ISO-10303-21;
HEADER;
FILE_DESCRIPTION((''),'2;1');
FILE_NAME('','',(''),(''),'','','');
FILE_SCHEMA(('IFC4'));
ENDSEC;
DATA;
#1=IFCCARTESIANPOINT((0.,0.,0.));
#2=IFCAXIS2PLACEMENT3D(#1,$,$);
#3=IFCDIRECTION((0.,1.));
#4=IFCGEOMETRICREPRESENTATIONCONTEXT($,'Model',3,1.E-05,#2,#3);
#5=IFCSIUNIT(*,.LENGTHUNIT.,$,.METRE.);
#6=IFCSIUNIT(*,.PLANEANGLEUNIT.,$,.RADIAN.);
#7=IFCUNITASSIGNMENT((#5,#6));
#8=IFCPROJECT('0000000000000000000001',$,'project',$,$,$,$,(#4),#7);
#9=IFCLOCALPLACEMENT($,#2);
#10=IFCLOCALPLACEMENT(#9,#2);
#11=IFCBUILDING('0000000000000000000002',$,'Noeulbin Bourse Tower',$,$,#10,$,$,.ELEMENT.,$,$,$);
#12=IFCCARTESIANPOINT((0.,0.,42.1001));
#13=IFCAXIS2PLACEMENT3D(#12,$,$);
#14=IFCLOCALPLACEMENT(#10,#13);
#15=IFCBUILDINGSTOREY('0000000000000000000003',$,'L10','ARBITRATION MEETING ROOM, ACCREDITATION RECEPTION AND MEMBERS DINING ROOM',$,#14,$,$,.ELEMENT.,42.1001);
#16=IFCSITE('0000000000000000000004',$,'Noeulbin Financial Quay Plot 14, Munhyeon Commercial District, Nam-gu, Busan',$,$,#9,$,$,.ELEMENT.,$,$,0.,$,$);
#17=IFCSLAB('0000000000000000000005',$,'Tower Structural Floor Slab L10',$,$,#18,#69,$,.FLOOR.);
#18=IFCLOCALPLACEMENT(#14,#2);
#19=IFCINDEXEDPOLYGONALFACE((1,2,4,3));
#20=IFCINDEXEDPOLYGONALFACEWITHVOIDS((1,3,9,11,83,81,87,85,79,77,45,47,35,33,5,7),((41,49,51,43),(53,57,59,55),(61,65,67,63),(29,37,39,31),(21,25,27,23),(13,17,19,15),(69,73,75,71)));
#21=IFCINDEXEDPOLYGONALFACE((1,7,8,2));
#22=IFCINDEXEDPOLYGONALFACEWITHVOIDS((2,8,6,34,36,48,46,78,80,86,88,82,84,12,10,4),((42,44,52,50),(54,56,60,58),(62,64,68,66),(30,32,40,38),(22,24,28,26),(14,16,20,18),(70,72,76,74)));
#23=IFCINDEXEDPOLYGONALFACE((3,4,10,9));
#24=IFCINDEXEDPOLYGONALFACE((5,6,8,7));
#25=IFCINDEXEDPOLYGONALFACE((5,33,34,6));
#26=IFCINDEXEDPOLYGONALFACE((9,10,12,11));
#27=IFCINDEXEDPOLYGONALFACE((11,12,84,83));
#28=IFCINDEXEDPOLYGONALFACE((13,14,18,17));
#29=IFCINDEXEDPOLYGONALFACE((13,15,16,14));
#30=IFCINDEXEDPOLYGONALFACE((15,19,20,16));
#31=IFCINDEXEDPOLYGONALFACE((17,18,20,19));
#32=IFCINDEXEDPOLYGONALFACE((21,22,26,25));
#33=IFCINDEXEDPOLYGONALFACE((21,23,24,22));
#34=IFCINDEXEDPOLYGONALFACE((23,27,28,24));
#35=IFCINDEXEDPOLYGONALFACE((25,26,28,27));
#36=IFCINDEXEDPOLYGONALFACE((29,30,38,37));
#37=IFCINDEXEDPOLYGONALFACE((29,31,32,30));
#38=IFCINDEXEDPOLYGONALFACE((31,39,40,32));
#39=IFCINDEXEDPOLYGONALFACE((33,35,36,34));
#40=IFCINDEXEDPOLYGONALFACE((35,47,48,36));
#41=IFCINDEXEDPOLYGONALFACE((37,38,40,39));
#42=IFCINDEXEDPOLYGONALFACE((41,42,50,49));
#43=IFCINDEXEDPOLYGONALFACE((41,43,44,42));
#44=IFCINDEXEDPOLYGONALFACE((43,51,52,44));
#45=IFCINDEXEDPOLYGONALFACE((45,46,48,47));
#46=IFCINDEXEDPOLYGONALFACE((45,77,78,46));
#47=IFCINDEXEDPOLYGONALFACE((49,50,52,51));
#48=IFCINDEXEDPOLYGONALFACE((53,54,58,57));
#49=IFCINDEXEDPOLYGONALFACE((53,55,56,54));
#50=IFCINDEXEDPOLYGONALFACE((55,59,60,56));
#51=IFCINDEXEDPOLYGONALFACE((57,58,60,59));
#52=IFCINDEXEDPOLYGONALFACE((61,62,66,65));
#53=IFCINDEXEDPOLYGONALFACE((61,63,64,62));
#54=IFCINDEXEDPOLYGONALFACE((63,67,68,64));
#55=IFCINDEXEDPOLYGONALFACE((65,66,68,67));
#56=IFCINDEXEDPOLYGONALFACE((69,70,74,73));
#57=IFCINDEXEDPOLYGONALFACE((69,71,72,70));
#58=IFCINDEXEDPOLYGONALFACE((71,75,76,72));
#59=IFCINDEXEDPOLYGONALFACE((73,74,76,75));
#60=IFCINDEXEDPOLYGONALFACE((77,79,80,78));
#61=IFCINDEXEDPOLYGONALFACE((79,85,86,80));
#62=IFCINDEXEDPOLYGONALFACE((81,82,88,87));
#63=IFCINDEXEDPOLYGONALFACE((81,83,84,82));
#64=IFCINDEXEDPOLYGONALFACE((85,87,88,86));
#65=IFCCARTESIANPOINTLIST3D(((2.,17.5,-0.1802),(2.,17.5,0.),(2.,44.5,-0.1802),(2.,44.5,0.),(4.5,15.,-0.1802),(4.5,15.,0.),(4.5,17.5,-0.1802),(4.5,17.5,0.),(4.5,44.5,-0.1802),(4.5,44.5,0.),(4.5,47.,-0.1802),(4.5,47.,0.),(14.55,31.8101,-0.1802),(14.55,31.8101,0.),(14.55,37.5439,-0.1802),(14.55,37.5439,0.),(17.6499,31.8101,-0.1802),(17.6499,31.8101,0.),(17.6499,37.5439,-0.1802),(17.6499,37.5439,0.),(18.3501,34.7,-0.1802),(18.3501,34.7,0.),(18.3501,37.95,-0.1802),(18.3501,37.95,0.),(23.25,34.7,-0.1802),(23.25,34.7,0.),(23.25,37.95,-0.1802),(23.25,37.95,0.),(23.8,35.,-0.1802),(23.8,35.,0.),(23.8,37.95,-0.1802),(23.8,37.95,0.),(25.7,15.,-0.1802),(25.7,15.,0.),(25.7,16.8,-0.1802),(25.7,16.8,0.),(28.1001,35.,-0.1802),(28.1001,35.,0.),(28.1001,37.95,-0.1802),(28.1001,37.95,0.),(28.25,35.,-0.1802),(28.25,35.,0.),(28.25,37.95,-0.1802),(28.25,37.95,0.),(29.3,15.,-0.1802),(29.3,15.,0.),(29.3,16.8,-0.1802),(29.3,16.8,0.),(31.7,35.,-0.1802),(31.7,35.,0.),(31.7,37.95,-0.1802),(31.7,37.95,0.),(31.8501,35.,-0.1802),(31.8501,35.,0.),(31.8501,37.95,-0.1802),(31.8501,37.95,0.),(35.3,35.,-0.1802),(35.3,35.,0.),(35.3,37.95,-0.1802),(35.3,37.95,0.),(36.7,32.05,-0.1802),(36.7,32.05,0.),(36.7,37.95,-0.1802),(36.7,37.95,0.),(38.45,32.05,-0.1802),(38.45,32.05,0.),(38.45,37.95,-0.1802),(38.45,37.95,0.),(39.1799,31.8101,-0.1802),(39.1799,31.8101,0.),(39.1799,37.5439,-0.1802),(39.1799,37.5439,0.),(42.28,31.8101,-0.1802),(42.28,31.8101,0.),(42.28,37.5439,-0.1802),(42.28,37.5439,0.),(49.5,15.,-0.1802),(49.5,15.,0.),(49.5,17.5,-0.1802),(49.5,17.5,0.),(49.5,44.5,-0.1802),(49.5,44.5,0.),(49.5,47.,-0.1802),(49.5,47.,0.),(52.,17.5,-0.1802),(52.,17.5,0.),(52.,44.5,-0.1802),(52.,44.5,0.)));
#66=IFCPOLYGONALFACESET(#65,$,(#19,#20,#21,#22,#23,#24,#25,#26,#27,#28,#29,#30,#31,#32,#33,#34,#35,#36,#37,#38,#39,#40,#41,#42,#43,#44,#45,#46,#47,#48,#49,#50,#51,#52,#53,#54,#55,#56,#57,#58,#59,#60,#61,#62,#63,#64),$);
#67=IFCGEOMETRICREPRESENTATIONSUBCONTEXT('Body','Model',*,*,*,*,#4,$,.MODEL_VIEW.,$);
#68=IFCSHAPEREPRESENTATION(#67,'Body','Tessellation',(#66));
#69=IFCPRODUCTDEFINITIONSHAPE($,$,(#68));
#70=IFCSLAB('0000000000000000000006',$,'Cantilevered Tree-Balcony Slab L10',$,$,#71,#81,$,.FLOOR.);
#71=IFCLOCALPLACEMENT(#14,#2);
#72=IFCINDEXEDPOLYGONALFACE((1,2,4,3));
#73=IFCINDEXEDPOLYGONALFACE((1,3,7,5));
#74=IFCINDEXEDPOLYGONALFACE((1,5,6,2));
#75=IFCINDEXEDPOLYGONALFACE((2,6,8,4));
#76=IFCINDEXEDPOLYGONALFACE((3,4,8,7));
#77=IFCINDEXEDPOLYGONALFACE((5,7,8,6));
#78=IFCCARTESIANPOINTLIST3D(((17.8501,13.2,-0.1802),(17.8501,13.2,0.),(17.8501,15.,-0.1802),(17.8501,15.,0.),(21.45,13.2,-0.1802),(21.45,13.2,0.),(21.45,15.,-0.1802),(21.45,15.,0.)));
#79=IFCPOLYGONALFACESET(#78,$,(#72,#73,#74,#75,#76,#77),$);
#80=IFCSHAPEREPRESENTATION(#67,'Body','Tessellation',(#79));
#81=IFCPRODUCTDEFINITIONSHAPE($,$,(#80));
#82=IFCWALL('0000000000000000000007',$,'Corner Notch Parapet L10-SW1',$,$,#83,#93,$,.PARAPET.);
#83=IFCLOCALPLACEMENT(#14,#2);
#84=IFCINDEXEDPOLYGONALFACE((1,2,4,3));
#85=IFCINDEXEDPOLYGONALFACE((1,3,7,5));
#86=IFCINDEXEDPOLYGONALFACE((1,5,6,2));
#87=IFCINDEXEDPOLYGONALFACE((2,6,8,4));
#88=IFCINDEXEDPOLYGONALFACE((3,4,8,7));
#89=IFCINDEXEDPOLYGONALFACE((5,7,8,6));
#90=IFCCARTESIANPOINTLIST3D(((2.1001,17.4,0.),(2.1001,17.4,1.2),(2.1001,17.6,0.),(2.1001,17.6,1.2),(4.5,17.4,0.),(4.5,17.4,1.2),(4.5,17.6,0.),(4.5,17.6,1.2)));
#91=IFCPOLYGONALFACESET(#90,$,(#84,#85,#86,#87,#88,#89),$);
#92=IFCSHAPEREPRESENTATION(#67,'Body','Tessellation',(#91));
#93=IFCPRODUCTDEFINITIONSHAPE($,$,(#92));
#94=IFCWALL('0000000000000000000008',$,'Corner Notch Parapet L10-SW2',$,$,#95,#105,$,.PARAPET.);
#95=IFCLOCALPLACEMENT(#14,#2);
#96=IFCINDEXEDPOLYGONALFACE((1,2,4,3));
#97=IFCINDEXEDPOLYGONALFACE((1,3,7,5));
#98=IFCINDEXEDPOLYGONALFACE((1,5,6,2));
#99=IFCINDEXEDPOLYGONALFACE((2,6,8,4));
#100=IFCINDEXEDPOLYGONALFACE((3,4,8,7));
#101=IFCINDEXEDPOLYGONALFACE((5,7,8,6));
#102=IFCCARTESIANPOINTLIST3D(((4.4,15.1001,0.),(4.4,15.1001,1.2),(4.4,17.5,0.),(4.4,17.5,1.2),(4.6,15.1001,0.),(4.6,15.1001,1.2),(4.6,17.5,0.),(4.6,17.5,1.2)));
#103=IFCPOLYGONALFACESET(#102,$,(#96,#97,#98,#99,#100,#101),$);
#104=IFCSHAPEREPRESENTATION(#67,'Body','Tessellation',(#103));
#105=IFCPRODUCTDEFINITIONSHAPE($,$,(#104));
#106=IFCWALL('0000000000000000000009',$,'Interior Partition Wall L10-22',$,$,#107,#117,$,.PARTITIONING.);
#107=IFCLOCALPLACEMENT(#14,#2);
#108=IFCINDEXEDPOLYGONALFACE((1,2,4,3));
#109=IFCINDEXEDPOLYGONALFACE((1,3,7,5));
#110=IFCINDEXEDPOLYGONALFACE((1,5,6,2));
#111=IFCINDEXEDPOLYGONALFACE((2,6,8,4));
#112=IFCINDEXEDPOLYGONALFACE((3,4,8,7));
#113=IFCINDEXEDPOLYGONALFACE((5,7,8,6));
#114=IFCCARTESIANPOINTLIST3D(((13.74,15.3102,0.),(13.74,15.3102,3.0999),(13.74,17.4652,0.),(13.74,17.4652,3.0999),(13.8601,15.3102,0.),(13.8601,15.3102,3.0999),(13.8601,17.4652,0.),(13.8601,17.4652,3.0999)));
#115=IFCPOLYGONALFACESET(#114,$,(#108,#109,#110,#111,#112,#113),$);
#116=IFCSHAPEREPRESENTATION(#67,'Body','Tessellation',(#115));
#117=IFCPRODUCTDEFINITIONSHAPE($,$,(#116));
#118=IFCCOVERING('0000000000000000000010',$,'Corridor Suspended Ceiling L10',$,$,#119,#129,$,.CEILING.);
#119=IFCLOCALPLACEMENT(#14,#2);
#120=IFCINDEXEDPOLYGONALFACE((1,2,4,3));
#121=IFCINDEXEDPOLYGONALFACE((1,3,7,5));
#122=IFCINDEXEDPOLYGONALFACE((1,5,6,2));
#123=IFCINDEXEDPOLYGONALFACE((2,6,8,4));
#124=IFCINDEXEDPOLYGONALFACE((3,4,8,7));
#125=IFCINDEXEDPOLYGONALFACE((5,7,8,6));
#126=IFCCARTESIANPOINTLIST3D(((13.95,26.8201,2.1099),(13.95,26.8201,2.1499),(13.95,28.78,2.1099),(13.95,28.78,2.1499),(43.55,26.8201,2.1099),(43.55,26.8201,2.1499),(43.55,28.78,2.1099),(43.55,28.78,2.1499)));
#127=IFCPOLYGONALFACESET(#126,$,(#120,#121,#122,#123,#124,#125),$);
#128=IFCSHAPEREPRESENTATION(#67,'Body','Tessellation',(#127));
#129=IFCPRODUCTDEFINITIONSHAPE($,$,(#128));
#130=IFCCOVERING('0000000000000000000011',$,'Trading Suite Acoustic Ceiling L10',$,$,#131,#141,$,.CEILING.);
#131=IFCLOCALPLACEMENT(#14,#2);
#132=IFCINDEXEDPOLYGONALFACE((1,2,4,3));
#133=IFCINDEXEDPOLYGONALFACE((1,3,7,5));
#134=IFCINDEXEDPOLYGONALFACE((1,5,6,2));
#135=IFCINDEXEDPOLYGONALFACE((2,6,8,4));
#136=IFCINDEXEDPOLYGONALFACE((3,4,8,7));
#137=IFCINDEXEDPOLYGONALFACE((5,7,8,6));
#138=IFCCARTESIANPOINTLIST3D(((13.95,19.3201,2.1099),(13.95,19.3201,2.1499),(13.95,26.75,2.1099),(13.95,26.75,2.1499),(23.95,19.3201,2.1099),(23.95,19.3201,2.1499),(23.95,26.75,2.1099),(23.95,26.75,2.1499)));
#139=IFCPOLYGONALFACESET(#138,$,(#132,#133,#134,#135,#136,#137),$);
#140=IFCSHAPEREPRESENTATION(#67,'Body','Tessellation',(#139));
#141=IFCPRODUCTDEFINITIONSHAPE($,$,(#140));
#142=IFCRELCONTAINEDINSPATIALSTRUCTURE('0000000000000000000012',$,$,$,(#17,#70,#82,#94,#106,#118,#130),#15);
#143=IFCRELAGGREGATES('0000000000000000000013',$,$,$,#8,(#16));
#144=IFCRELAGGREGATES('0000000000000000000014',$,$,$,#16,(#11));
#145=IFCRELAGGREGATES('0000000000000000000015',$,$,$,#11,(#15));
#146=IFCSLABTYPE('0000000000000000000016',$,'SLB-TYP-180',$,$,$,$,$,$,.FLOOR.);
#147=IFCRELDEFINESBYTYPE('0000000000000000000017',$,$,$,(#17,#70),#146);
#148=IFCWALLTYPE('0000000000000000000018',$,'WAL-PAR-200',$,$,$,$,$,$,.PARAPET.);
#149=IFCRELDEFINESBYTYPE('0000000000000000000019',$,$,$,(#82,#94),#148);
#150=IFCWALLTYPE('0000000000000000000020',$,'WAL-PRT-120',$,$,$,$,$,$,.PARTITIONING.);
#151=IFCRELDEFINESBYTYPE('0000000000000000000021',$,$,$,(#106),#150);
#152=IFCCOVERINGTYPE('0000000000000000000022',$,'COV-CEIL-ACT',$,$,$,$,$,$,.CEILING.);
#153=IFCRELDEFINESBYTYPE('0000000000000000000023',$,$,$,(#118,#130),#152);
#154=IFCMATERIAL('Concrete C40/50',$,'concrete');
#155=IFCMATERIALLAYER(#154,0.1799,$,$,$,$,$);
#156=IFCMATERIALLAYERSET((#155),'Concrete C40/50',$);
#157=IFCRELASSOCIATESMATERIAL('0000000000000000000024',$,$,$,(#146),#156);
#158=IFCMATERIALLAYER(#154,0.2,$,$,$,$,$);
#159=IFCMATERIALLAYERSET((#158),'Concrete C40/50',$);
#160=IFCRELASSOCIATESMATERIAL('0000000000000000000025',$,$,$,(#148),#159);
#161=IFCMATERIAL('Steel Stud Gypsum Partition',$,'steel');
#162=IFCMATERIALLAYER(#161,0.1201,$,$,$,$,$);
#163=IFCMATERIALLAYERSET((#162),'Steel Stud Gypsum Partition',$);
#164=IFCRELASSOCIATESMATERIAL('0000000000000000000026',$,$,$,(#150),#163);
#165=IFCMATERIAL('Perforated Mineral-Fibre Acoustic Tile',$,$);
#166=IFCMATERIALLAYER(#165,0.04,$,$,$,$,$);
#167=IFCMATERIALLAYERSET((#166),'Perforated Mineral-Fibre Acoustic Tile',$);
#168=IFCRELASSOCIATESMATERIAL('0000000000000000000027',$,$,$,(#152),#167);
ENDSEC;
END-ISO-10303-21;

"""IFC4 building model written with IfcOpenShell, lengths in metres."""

from ifc_helpers import new_model, si_unit, direction, frame, frame_2d, origin, place, context, subcontext, project, spatial, polyline, rectangle, outline, extrude, material, layer, layer_set, type_object, element, save


model = new_model("IFC4")

# Units and contexts
model_context = context("Model", 3, precision=1e-05, world=origin(), true_north=direction((0.0, 1.0)))
body_context = subcontext(model_context, "Body", "Model", "MODEL_VIEW")
ifc_project = project(units=[si_unit("LENGTHUNIT", "METRE"), si_unit("PLANEANGLEUNIT", "RADIAN")], contexts=[model_context])

# Site, building, storey
site_placement = place(None, origin())
site = spatial("IfcSite", under=ifc_project, at=site_placement, Name="Noeulbin Financial Quay Plot 14, Munhyeon Commercial District, Nam-gu, Busan", CompositionType="ELEMENT", RefElevation=0.0)
building_placement = place(site_placement, origin())
building = spatial("IfcBuilding", under=site, at=building_placement, Name="Noeulbin Bourse Tower", CompositionType="ELEMENT")
storey_placement = place(building_placement, frame((0.0, 0.0, 42.1001)))
storey = spatial("IfcBuildingStorey", under=building, at=storey_placement, Name="L10", Description="ARBITRATION MEETING ROOM, ACCREDITATION RECEPTION AND MEMBERS DINING ROOM", CompositionType="ELEMENT", Elevation=42.1001)

# Shared definitions
ifc_material_1 = material(Name="Concrete C40/50", Category="concrete")

# Slab, openings
ifc_layer_1 = layer(ifc_material_1, 0.1799)
ifc_layer_set_1 = layer_set([ifc_layer_1], Name="Concrete C40/50")
slab_type_1 = type_object("IfcSlabType", Name="SLB-TYP-180", PredefinedType="FLOOR", material=ifc_layer_set_1)
slab_1_placement = place(storey_placement, frame((0.0, 0.0, -0.1802)))
slab_1 = element("IfcSlab", 1, at=slab_1_placement, inside=storey, type_object=slab_type_1, Name="Tower Structural Floor Slab L10", PredefinedType="FLOOR", context=body_context, shape_type="SweptSolid", body=[
    extrude(outline(polyline([(4.5, 15.0), (25.7, 15.0), (25.7, 16.8), (29.3, 16.8), (29.3, 15.0), (49.5, 15.0), (49.5, 17.5), (52.0, 17.5), (52.0, 44.5), (49.5, 44.5), (49.5, 47.0), (4.5, 47.0), (4.5, 44.5), (2.0, 44.5), (2.0, 17.5), (4.5, 17.5), (4.5, 15.0)]), holes=[polyline([(17.6499, 31.8101), (17.6499, 37.5439), (14.55, 37.5439), (14.55, 31.8101), (17.6499, 31.8101)]), polyline([(42.28, 31.8101), (42.28, 37.5439), (39.1799, 37.5439), (39.1799, 31.8101), (42.28, 31.8101)]), polyline([(18.3501, 34.7), (23.25, 34.7), (23.25, 37.95), (18.3501, 37.95), (18.3501, 34.7)]), polyline([(36.7, 32.05), (38.45, 32.05), (38.45, 37.95), (36.7, 37.95), (36.7, 32.05)]), polyline([(23.8, 35.0), (28.1001, 35.0), (28.1001, 37.95), (23.8, 37.95), (23.8, 35.0)]), polyline([(28.25, 35.0), (31.7, 35.0), (31.7, 37.95), (28.25, 37.95), (28.25, 35.0)]), polyline([(31.8501, 35.0), (35.3, 35.0), (35.3, 37.95), (31.8501, 37.95), (31.8501, 35.0)])]), origin(), (0.0, 0.0, 1.0), 0.1802),
])
opening_1_placement = place(slab_1_placement, frame((0.0, 0.0, -0.01)))
element("IfcOpeningElement", 2, at=opening_1_placement, cuts=slab_1, PredefinedType="OPENING", context=body_context, shape_type="SweptSolid", body=[
    extrude(outline(polyline([(17.6499, 31.8101), (17.6499, 37.5439), (14.55, 37.5439), (14.55, 31.8101), (17.6499, 31.8101)])), origin(), (0.0, 0.0, 1.0), 0.2002),
])
opening_2_placement = place(slab_1_placement, frame((0.0, 0.0, -0.01)))
element("IfcOpeningElement", 3, at=opening_2_placement, cuts=slab_1, PredefinedType="OPENING", context=body_context, shape_type="SweptSolid", body=[
    extrude(outline(polyline([(42.28, 31.8101), (42.28, 37.5439), (39.1799, 37.5439), (39.1799, 31.8101), (42.28, 31.8101)])), origin(), (0.0, 0.0, 1.0), 0.2002),
])
opening_3_placement = place(slab_1_placement, frame((0.0, 0.0, -0.01)))
element("IfcOpeningElement", 4, at=opening_3_placement, cuts=slab_1, PredefinedType="OPENING", context=body_context, shape_type="SweptSolid", body=[
    extrude(outline(polyline([(18.3501, 34.7), (23.25, 34.7), (23.25, 37.95), (18.3501, 37.95), (18.3501, 34.7)])), origin(), (0.0, 0.0, 1.0), 0.2002),
])
opening_4_placement = place(slab_1_placement, frame((0.0, 0.0, -0.01)))
element("IfcOpeningElement", 5, at=opening_4_placement, cuts=slab_1, PredefinedType="OPENING", context=body_context, shape_type="SweptSolid", body=[
    extrude(outline(polyline([(36.7, 32.05), (38.45, 32.05), (38.45, 37.95), (36.7, 37.95), (36.7, 32.05)])), origin(), (0.0, 0.0, 1.0), 0.2002),
])
opening_5_placement = place(slab_1_placement, frame((0.0, 0.0, -0.01)))
element("IfcOpeningElement", 6, at=opening_5_placement, cuts=slab_1, PredefinedType="OPENING", context=body_context, shape_type="SweptSolid", body=[
    extrude(outline(polyline([(23.8, 35.0), (28.1001, 35.0), (28.1001, 37.95), (23.8, 37.95), (23.8, 35.0)])), origin(), (0.0, 0.0, 1.0), 0.2002),
])
opening_6_placement = place(slab_1_placement, frame((0.0, 0.0, -0.01)))
element("IfcOpeningElement", 7, at=opening_6_placement, cuts=slab_1, PredefinedType="OPENING", context=body_context, shape_type="SweptSolid", body=[
    extrude(outline(polyline([(28.25, 35.0), (31.7, 35.0), (31.7, 37.95), (28.25, 37.95), (28.25, 35.0)])), origin(), (0.0, 0.0, 1.0), 0.2002),
])
opening_7_placement = place(slab_1_placement, frame((0.0, 0.0, -0.01)))
element("IfcOpeningElement", 8, at=opening_7_placement, cuts=slab_1, PredefinedType="OPENING", context=body_context, shape_type="SweptSolid", body=[
    extrude(outline(polyline([(31.8501, 35.0), (35.3, 35.0), (35.3, 37.95), (31.8501, 37.95), (31.8501, 35.0)])), origin(), (0.0, 0.0, 1.0), 0.2002),
])

# Slab
slab_2_placement = place(storey_placement, frame((0.0, 0.0, -0.1802)))
element("IfcSlab", 9, at=slab_2_placement, inside=storey, type_object=slab_type_1, Name="Cantilevered Tree-Balcony Slab L10", PredefinedType="FLOOR", context=body_context, shape_type="SweptSolid", body=[
    extrude(outline(polyline([(17.8501, 13.2), (21.45, 13.2), (21.45, 15.0), (17.8501, 15.0), (17.8501, 13.2)])), origin(), (0.0, 0.0, 1.0), 0.1802),
])

# Walls
ifc_layer_2 = layer(ifc_material_1, 0.2)
ifc_layer_set_2 = layer_set([ifc_layer_2], Name="Concrete C40/50")
wall_type_1 = type_object("IfcWallType", Name="WAL-PAR-200", PredefinedType="PARAPET", material=ifc_layer_set_2)
for number, where, z_axis, x_axis, name in (
    (10, (2.1001, 17.5, 0.0), (0.0, 0.0, 1.0), (1.0, 0.0, 0.0), "Corner Notch Parapet L10-SW1"),
    (11, (4.5, 17.5, 0.0), (0.0, 0.0, 1.0), (0.0, -1.0, 0.0), "Corner Notch Parapet L10-SW2"),
):
    element("IfcWall", number, at=place(storey_placement, frame(where, z_axis=z_axis, x_axis=x_axis)), inside=storey, type_object=wall_type_1, Name=name, PredefinedType="PARAPET", context=body_context, shape_type="SweptSolid", body=[
        extrude(rectangle(XDim=2.3999, YDim=0.2, at=frame_2d((1.2, 0.0))), origin(), (0.0, 0.0, 1.0), 1.2),
    ])
ifc_material_2 = material(Name="Steel Stud Gypsum Partition", Category="steel")
ifc_layer_3 = layer(ifc_material_2, 0.1201)
ifc_layer_set_3 = layer_set([ifc_layer_3], Name="Steel Stud Gypsum Partition")
wall_type_2 = type_object("IfcWallType", Name="WAL-PRT-120", PredefinedType="PARTITIONING", material=ifc_layer_set_3)
wall_placement = place(storey_placement, frame((13.8, 15.3101, 0.0), z_axis=(0.0, 0.0, 1.0), x_axis=(0.0, 1.0, 0.0)))
element("IfcWall", 12, at=wall_placement, inside=storey, type_object=wall_type_2, Name="Interior Partition Wall L10-22", PredefinedType="PARTITIONING", context=body_context, shape_type="SweptSolid", body=[
    extrude(rectangle(XDim=2.155, YDim=0.1201, at=frame_2d((1.0776, 0.0))), origin(), (0.0, 0.0, 1.0), 3.0999),
])

# Coverings
ifc_material_3 = material(Name="Perforated Mineral-Fibre Acoustic Tile")
ifc_layer_4 = layer(ifc_material_3, 0.04)
ifc_layer_set_4 = layer_set([ifc_layer_4], Name="Perforated Mineral-Fibre Acoustic Tile")
covering_type = type_object("IfcCoveringType", Name="COV-CEIL-ACT", PredefinedType="CEILING", material=ifc_layer_set_4)
covering_1_placement = place(storey_placement, frame((0.0, 0.0, 2.1099)))
element("IfcCovering", 13, at=covering_1_placement, inside=storey, type_object=covering_type, Name="Corridor Suspended Ceiling L10", PredefinedType="CEILING", context=body_context, shape_type="SweptSolid", body=[
    extrude(outline(polyline([(13.95, 26.8201), (43.55, 26.8201), (43.55, 28.78), (13.95, 28.78), (13.95, 26.8201)])), origin(), (0.0, 0.0, 1.0), 0.04),
])
covering_2_placement = place(storey_placement, frame((0.0, 0.0, 2.1099)))
element("IfcCovering", 14, at=covering_2_placement, inside=storey, type_object=covering_type, Name="Trading Suite Acoustic Ceiling L10", PredefinedType="CEILING", context=body_context, shape_type="SweptSolid", body=[
    extrude(outline(polyline([(13.95, 19.3201), (23.95, 19.3201), (23.95, 26.75), (13.95, 26.75), (13.95, 19.3201)])), origin(), (0.0, 0.0, 1.0), 0.04),
])

save(model, "model.ifc")
